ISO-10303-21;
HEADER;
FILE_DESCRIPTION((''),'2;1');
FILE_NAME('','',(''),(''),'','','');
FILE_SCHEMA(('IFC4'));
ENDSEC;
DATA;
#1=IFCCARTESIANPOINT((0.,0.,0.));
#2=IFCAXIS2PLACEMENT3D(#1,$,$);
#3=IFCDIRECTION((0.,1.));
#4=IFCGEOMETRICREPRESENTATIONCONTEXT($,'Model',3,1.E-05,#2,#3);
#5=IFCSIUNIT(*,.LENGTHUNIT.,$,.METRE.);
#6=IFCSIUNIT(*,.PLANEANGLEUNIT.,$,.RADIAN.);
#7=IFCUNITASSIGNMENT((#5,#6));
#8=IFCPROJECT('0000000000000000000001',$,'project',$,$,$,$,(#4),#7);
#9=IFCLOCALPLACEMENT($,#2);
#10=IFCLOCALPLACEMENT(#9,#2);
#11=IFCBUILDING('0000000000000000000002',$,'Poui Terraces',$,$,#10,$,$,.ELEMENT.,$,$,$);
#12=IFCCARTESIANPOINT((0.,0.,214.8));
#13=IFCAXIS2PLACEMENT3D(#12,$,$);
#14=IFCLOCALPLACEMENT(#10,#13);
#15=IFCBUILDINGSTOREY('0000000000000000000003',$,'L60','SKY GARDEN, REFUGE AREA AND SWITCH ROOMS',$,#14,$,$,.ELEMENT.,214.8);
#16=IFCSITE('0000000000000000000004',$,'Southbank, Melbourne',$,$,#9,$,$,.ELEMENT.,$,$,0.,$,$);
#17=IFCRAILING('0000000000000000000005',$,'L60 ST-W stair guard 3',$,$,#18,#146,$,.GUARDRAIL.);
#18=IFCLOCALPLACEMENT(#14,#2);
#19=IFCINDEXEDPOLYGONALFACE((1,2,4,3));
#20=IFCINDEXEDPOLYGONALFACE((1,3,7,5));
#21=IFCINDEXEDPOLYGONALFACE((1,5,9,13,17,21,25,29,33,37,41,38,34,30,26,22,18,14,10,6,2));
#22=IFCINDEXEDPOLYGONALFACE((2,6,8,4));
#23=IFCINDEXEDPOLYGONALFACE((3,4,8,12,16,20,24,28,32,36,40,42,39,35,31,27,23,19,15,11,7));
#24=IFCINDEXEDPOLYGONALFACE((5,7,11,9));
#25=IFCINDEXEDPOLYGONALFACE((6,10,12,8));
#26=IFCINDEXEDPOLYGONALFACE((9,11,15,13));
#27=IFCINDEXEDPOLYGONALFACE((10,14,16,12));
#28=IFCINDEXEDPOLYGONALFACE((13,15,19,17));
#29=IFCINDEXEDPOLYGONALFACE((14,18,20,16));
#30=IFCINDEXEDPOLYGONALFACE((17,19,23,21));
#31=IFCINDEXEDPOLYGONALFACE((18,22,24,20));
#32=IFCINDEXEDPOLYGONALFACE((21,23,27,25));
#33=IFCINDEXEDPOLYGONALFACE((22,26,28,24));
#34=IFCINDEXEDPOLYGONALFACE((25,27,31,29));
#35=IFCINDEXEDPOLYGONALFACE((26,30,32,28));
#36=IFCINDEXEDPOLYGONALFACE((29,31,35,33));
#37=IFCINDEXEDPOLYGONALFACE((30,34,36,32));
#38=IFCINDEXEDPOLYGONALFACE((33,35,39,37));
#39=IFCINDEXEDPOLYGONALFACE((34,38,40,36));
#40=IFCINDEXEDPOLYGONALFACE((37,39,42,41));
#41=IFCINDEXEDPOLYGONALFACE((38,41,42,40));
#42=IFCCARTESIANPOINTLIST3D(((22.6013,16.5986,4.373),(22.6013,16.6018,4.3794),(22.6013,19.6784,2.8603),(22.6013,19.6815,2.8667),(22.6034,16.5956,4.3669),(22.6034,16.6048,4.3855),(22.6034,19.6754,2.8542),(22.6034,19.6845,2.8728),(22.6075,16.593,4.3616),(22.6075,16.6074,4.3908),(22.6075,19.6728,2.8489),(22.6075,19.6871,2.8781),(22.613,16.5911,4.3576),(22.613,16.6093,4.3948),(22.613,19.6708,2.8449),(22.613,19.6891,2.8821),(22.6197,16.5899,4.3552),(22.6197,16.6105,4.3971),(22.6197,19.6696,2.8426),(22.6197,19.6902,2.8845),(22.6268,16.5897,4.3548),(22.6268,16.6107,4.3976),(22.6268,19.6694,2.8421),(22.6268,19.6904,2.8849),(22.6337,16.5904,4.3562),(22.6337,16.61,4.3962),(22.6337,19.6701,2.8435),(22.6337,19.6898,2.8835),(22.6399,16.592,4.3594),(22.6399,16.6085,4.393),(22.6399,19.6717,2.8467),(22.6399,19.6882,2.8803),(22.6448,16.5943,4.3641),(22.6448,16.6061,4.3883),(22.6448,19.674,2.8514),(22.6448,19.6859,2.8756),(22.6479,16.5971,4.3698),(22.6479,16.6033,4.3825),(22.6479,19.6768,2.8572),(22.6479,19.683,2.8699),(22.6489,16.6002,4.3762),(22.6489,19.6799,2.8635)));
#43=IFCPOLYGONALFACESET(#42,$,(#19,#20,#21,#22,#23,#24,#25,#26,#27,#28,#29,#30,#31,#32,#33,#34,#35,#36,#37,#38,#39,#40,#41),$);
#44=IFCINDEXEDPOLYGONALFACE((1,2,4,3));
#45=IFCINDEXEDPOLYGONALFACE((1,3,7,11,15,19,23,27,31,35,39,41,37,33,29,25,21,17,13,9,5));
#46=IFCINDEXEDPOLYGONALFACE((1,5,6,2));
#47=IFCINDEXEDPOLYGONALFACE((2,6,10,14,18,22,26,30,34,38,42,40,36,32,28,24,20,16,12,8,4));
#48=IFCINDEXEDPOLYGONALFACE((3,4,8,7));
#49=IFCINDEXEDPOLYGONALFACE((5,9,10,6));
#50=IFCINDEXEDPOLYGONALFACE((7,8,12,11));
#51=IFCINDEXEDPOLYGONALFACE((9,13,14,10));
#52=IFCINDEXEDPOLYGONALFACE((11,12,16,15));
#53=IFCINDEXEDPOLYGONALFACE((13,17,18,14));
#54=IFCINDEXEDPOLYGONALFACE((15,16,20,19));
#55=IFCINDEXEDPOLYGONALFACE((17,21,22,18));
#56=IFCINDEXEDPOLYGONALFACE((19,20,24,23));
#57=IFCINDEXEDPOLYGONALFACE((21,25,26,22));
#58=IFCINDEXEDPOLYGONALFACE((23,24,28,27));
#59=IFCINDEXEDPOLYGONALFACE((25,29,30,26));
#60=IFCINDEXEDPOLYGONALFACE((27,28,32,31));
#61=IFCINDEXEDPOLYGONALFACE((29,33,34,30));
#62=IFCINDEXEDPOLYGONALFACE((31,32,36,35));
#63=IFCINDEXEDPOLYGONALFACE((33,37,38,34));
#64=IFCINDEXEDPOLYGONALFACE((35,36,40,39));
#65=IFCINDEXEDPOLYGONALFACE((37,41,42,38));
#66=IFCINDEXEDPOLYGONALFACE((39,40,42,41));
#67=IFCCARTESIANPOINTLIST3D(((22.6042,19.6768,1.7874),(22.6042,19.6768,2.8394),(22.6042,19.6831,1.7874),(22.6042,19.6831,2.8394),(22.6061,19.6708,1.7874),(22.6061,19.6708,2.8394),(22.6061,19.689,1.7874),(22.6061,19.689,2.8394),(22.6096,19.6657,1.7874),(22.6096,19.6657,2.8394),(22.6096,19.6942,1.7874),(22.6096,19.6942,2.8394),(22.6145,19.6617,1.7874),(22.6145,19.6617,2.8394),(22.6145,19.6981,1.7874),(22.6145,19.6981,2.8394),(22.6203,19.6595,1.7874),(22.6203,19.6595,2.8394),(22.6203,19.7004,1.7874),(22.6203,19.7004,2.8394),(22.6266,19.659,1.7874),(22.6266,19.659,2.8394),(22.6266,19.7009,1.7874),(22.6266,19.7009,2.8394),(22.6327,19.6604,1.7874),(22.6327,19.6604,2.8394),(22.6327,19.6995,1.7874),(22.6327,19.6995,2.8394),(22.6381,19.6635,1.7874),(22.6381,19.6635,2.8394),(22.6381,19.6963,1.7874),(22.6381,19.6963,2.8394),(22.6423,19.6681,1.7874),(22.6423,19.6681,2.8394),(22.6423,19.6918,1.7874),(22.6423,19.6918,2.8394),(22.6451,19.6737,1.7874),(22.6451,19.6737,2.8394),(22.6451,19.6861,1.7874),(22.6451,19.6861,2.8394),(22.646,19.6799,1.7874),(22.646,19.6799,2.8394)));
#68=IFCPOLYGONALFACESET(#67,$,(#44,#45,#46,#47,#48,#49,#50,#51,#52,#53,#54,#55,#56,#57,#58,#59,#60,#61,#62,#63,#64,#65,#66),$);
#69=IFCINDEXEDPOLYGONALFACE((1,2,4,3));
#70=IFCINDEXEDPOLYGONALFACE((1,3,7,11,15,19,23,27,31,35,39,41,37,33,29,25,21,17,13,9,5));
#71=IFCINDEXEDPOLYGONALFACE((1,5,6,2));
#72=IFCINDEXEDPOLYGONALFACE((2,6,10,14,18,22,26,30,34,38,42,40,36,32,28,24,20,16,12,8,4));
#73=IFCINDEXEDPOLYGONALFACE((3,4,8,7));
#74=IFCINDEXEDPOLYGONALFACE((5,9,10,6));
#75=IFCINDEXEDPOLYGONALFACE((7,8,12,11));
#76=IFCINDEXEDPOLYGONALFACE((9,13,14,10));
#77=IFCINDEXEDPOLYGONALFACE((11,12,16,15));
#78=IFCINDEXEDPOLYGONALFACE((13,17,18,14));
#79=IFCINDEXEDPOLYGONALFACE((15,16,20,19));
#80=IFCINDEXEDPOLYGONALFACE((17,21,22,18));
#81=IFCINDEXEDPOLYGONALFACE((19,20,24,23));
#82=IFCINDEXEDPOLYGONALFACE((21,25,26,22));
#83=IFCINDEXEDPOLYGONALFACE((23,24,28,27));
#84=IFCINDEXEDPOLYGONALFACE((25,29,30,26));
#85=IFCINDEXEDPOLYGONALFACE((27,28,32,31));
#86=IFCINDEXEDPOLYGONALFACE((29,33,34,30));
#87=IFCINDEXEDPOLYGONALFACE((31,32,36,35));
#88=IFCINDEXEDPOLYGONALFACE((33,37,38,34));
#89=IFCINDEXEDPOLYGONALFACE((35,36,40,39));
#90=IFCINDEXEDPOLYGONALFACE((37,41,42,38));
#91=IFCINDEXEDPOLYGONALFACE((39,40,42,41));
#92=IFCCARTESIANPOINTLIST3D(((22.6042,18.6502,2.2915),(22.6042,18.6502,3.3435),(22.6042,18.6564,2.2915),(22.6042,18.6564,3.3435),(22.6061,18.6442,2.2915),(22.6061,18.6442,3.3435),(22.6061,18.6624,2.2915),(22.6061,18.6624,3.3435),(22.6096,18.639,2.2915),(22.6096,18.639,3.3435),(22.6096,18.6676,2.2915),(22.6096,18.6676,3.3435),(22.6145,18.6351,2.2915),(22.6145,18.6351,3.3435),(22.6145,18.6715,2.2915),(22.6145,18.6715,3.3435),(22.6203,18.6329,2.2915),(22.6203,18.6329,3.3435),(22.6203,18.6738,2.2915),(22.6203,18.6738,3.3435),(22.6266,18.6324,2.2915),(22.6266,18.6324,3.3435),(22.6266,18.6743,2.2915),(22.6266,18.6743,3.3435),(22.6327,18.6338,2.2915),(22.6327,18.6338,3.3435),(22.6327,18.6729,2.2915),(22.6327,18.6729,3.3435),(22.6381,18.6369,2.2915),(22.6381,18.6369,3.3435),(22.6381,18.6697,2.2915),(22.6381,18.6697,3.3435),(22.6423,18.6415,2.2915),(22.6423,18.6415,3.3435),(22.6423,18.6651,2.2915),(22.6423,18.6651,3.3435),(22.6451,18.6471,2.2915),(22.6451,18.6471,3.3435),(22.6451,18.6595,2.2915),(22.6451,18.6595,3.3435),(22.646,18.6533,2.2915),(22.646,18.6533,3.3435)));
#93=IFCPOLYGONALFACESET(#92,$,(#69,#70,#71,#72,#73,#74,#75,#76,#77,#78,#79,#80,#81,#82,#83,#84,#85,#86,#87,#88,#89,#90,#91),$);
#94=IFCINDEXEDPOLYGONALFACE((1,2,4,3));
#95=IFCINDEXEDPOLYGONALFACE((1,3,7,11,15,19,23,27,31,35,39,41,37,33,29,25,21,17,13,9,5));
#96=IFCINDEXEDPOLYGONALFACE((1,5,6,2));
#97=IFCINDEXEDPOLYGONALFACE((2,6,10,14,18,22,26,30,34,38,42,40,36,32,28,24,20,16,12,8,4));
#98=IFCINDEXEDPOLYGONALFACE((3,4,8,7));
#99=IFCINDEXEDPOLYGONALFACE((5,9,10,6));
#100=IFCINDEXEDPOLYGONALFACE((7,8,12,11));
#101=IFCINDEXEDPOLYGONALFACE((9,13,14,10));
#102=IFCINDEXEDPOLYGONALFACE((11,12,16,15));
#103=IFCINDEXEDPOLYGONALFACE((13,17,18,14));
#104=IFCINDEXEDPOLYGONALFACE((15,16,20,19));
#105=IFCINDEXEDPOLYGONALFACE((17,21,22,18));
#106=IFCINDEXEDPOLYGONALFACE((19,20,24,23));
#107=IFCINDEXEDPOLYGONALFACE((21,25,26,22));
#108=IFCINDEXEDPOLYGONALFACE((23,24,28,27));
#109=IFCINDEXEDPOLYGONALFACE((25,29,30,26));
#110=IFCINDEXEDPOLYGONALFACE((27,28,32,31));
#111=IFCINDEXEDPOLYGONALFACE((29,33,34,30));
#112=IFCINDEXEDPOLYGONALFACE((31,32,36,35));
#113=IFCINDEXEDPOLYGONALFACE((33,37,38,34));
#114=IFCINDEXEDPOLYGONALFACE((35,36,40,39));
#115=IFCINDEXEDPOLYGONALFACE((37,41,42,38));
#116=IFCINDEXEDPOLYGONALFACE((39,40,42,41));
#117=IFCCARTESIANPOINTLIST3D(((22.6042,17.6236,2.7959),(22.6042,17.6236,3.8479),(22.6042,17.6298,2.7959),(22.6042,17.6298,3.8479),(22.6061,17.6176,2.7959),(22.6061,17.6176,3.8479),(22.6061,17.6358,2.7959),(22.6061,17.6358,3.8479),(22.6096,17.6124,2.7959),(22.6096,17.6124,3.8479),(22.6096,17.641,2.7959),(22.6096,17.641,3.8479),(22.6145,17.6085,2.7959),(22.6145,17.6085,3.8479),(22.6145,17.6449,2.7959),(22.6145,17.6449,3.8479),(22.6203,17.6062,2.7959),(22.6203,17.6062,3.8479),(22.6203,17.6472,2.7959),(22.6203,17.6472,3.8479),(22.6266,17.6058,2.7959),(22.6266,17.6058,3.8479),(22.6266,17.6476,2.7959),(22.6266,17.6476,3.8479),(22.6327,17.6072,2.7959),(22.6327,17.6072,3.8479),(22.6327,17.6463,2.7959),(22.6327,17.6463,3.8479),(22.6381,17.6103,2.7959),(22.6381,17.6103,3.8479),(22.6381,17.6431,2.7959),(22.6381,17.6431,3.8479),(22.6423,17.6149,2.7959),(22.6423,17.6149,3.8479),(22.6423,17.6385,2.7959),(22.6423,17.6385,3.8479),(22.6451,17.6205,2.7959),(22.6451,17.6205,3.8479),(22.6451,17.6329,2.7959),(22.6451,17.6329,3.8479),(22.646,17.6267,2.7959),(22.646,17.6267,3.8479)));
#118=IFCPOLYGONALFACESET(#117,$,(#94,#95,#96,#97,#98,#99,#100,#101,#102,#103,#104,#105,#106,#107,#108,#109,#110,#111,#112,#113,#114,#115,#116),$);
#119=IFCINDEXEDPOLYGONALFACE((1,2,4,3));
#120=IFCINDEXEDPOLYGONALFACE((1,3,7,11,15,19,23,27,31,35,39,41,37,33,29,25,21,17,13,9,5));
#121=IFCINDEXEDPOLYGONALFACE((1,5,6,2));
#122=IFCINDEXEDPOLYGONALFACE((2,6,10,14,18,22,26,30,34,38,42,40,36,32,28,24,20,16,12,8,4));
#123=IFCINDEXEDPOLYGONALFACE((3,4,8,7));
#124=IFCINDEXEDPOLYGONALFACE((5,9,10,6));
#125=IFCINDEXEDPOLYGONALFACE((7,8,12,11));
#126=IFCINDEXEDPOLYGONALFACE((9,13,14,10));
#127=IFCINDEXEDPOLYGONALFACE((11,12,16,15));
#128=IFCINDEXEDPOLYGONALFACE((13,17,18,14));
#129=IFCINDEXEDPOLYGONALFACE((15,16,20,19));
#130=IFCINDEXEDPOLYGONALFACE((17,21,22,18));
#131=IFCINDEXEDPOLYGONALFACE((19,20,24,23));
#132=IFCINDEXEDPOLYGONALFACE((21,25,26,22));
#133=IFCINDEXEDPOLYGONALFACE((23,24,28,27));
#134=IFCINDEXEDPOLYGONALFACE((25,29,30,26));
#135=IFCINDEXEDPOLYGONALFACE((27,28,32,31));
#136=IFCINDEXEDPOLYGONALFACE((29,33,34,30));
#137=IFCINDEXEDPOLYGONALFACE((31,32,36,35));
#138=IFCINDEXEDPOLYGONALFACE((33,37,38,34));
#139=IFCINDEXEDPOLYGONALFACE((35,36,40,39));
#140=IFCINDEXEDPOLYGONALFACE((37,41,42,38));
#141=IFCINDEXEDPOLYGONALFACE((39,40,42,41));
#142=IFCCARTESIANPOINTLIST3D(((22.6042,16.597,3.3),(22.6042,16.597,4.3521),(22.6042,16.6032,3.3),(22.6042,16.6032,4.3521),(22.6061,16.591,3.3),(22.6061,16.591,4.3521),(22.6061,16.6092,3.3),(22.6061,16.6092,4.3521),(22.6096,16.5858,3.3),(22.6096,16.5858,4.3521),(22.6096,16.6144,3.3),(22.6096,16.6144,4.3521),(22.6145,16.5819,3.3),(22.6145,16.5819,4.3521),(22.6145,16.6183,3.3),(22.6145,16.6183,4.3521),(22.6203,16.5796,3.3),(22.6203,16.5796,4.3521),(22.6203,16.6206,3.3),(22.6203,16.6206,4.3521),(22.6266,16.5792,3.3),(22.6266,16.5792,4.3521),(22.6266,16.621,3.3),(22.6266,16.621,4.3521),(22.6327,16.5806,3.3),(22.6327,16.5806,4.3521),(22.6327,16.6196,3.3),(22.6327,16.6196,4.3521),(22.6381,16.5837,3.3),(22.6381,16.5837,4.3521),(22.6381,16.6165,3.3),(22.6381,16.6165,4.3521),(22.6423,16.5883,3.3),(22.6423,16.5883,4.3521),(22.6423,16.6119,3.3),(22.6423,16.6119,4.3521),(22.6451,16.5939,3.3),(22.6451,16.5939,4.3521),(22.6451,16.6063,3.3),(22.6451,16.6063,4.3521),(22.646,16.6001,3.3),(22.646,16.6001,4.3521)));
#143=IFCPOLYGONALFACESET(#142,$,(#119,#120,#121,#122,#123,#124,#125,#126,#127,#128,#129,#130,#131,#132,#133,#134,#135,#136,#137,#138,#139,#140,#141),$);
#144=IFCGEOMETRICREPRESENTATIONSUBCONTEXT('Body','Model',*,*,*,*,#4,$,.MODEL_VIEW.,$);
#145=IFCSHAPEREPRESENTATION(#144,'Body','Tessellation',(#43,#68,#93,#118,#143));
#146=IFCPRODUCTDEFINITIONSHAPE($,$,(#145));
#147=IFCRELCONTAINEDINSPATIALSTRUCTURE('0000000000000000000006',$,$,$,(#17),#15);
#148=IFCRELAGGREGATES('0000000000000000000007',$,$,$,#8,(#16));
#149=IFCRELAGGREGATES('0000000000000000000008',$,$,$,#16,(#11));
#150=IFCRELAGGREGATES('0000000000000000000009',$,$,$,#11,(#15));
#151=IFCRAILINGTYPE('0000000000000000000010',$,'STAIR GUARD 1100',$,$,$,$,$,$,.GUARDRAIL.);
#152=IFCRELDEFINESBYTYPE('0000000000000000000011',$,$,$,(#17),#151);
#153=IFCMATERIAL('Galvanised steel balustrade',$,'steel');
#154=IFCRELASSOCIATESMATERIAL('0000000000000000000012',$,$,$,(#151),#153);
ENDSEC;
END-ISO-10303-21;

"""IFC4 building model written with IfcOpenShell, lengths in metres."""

from ifc_helpers import new_model, si_unit, direction, frame, origin, origin_2d, place, context, subcontext, project, spatial, circle, extrude, material, type_object, element, save


model = new_model("IFC4")

# Units and contexts
model_context = context("Model", 3, precision=1e-05, world=origin(), true_north=direction((0.0, 1.0)))
body_context = subcontext(model_context, "Body", "Model", "MODEL_VIEW")
ifc_project = project(units=[si_unit("LENGTHUNIT", "METRE"), si_unit("PLANEANGLEUNIT", "RADIAN")], contexts=[model_context])

# Site, building, storey
site_placement = place(None, origin())
site = spatial("IfcSite", under=ifc_project, at=site_placement, Name="Southbank, Melbourne", CompositionType="ELEMENT", RefElevation=0.0)
building_placement = place(site_placement, origin())
building = spatial("IfcBuilding", under=site, at=building_placement, Name="Poui Terraces", CompositionType="ELEMENT")
storey_placement = place(building_placement, frame((0.0, 0.0, 214.8)))
storey = spatial("IfcBuildingStorey", under=building, at=storey_placement, Name="L60", Description="SKY GARDEN, REFUGE AREA AND SWITCH ROOMS", CompositionType="ELEMENT", Elevation=214.8)

# Railing
ifc_material_1 = material(Name="Galvanised steel balustrade", Category="steel")
railing_type_1 = type_object("IfcRailingType", Name="STAIR GUARD 1100", PredefinedType="GUARDRAIL", material=ifc_material_1)
railing_1_placement = place(storey_placement, frame((22.625, 19.6799, 1.7874)))
element("IfcRailing", 1, at=railing_1_placement, inside=storey, type_object=railing_type_1, Name="L60 ST-W stair guard 3", PredefinedType="GUARDRAIL", context=body_context, shape_type="SweptSolid", body=[
    extrude(circle(Radius=0.0239, at=origin_2d()), frame((0.0, 0.0, 1.0762), z_axis=(0.0, -0.897578, 0.440856), x_axis=(1.0, 0.0, 0.0)), (0.0, 0.0, 1.0), 3.4312),
    extrude(circle(Radius=0.021, at=origin_2d()), origin(), (0.0, 0.0, 1.0), 1.052),
    extrude(circle(Radius=0.021, at=origin_2d()), frame((0.0, -1.0266, 0.5042)), (0.0, 0.0, 1.0), 1.052),
    extrude(circle(Radius=0.021, at=origin_2d()), frame((0.0, -2.0532, 1.0085)), (0.0, 0.0, 1.0), 1.052),
    extrude(circle(Radius=0.021, at=origin_2d()), frame((0.0, -3.0798, 1.5127)), (0.0, 0.0, 1.0), 1.052),
])

save(model, "model.ifc")
